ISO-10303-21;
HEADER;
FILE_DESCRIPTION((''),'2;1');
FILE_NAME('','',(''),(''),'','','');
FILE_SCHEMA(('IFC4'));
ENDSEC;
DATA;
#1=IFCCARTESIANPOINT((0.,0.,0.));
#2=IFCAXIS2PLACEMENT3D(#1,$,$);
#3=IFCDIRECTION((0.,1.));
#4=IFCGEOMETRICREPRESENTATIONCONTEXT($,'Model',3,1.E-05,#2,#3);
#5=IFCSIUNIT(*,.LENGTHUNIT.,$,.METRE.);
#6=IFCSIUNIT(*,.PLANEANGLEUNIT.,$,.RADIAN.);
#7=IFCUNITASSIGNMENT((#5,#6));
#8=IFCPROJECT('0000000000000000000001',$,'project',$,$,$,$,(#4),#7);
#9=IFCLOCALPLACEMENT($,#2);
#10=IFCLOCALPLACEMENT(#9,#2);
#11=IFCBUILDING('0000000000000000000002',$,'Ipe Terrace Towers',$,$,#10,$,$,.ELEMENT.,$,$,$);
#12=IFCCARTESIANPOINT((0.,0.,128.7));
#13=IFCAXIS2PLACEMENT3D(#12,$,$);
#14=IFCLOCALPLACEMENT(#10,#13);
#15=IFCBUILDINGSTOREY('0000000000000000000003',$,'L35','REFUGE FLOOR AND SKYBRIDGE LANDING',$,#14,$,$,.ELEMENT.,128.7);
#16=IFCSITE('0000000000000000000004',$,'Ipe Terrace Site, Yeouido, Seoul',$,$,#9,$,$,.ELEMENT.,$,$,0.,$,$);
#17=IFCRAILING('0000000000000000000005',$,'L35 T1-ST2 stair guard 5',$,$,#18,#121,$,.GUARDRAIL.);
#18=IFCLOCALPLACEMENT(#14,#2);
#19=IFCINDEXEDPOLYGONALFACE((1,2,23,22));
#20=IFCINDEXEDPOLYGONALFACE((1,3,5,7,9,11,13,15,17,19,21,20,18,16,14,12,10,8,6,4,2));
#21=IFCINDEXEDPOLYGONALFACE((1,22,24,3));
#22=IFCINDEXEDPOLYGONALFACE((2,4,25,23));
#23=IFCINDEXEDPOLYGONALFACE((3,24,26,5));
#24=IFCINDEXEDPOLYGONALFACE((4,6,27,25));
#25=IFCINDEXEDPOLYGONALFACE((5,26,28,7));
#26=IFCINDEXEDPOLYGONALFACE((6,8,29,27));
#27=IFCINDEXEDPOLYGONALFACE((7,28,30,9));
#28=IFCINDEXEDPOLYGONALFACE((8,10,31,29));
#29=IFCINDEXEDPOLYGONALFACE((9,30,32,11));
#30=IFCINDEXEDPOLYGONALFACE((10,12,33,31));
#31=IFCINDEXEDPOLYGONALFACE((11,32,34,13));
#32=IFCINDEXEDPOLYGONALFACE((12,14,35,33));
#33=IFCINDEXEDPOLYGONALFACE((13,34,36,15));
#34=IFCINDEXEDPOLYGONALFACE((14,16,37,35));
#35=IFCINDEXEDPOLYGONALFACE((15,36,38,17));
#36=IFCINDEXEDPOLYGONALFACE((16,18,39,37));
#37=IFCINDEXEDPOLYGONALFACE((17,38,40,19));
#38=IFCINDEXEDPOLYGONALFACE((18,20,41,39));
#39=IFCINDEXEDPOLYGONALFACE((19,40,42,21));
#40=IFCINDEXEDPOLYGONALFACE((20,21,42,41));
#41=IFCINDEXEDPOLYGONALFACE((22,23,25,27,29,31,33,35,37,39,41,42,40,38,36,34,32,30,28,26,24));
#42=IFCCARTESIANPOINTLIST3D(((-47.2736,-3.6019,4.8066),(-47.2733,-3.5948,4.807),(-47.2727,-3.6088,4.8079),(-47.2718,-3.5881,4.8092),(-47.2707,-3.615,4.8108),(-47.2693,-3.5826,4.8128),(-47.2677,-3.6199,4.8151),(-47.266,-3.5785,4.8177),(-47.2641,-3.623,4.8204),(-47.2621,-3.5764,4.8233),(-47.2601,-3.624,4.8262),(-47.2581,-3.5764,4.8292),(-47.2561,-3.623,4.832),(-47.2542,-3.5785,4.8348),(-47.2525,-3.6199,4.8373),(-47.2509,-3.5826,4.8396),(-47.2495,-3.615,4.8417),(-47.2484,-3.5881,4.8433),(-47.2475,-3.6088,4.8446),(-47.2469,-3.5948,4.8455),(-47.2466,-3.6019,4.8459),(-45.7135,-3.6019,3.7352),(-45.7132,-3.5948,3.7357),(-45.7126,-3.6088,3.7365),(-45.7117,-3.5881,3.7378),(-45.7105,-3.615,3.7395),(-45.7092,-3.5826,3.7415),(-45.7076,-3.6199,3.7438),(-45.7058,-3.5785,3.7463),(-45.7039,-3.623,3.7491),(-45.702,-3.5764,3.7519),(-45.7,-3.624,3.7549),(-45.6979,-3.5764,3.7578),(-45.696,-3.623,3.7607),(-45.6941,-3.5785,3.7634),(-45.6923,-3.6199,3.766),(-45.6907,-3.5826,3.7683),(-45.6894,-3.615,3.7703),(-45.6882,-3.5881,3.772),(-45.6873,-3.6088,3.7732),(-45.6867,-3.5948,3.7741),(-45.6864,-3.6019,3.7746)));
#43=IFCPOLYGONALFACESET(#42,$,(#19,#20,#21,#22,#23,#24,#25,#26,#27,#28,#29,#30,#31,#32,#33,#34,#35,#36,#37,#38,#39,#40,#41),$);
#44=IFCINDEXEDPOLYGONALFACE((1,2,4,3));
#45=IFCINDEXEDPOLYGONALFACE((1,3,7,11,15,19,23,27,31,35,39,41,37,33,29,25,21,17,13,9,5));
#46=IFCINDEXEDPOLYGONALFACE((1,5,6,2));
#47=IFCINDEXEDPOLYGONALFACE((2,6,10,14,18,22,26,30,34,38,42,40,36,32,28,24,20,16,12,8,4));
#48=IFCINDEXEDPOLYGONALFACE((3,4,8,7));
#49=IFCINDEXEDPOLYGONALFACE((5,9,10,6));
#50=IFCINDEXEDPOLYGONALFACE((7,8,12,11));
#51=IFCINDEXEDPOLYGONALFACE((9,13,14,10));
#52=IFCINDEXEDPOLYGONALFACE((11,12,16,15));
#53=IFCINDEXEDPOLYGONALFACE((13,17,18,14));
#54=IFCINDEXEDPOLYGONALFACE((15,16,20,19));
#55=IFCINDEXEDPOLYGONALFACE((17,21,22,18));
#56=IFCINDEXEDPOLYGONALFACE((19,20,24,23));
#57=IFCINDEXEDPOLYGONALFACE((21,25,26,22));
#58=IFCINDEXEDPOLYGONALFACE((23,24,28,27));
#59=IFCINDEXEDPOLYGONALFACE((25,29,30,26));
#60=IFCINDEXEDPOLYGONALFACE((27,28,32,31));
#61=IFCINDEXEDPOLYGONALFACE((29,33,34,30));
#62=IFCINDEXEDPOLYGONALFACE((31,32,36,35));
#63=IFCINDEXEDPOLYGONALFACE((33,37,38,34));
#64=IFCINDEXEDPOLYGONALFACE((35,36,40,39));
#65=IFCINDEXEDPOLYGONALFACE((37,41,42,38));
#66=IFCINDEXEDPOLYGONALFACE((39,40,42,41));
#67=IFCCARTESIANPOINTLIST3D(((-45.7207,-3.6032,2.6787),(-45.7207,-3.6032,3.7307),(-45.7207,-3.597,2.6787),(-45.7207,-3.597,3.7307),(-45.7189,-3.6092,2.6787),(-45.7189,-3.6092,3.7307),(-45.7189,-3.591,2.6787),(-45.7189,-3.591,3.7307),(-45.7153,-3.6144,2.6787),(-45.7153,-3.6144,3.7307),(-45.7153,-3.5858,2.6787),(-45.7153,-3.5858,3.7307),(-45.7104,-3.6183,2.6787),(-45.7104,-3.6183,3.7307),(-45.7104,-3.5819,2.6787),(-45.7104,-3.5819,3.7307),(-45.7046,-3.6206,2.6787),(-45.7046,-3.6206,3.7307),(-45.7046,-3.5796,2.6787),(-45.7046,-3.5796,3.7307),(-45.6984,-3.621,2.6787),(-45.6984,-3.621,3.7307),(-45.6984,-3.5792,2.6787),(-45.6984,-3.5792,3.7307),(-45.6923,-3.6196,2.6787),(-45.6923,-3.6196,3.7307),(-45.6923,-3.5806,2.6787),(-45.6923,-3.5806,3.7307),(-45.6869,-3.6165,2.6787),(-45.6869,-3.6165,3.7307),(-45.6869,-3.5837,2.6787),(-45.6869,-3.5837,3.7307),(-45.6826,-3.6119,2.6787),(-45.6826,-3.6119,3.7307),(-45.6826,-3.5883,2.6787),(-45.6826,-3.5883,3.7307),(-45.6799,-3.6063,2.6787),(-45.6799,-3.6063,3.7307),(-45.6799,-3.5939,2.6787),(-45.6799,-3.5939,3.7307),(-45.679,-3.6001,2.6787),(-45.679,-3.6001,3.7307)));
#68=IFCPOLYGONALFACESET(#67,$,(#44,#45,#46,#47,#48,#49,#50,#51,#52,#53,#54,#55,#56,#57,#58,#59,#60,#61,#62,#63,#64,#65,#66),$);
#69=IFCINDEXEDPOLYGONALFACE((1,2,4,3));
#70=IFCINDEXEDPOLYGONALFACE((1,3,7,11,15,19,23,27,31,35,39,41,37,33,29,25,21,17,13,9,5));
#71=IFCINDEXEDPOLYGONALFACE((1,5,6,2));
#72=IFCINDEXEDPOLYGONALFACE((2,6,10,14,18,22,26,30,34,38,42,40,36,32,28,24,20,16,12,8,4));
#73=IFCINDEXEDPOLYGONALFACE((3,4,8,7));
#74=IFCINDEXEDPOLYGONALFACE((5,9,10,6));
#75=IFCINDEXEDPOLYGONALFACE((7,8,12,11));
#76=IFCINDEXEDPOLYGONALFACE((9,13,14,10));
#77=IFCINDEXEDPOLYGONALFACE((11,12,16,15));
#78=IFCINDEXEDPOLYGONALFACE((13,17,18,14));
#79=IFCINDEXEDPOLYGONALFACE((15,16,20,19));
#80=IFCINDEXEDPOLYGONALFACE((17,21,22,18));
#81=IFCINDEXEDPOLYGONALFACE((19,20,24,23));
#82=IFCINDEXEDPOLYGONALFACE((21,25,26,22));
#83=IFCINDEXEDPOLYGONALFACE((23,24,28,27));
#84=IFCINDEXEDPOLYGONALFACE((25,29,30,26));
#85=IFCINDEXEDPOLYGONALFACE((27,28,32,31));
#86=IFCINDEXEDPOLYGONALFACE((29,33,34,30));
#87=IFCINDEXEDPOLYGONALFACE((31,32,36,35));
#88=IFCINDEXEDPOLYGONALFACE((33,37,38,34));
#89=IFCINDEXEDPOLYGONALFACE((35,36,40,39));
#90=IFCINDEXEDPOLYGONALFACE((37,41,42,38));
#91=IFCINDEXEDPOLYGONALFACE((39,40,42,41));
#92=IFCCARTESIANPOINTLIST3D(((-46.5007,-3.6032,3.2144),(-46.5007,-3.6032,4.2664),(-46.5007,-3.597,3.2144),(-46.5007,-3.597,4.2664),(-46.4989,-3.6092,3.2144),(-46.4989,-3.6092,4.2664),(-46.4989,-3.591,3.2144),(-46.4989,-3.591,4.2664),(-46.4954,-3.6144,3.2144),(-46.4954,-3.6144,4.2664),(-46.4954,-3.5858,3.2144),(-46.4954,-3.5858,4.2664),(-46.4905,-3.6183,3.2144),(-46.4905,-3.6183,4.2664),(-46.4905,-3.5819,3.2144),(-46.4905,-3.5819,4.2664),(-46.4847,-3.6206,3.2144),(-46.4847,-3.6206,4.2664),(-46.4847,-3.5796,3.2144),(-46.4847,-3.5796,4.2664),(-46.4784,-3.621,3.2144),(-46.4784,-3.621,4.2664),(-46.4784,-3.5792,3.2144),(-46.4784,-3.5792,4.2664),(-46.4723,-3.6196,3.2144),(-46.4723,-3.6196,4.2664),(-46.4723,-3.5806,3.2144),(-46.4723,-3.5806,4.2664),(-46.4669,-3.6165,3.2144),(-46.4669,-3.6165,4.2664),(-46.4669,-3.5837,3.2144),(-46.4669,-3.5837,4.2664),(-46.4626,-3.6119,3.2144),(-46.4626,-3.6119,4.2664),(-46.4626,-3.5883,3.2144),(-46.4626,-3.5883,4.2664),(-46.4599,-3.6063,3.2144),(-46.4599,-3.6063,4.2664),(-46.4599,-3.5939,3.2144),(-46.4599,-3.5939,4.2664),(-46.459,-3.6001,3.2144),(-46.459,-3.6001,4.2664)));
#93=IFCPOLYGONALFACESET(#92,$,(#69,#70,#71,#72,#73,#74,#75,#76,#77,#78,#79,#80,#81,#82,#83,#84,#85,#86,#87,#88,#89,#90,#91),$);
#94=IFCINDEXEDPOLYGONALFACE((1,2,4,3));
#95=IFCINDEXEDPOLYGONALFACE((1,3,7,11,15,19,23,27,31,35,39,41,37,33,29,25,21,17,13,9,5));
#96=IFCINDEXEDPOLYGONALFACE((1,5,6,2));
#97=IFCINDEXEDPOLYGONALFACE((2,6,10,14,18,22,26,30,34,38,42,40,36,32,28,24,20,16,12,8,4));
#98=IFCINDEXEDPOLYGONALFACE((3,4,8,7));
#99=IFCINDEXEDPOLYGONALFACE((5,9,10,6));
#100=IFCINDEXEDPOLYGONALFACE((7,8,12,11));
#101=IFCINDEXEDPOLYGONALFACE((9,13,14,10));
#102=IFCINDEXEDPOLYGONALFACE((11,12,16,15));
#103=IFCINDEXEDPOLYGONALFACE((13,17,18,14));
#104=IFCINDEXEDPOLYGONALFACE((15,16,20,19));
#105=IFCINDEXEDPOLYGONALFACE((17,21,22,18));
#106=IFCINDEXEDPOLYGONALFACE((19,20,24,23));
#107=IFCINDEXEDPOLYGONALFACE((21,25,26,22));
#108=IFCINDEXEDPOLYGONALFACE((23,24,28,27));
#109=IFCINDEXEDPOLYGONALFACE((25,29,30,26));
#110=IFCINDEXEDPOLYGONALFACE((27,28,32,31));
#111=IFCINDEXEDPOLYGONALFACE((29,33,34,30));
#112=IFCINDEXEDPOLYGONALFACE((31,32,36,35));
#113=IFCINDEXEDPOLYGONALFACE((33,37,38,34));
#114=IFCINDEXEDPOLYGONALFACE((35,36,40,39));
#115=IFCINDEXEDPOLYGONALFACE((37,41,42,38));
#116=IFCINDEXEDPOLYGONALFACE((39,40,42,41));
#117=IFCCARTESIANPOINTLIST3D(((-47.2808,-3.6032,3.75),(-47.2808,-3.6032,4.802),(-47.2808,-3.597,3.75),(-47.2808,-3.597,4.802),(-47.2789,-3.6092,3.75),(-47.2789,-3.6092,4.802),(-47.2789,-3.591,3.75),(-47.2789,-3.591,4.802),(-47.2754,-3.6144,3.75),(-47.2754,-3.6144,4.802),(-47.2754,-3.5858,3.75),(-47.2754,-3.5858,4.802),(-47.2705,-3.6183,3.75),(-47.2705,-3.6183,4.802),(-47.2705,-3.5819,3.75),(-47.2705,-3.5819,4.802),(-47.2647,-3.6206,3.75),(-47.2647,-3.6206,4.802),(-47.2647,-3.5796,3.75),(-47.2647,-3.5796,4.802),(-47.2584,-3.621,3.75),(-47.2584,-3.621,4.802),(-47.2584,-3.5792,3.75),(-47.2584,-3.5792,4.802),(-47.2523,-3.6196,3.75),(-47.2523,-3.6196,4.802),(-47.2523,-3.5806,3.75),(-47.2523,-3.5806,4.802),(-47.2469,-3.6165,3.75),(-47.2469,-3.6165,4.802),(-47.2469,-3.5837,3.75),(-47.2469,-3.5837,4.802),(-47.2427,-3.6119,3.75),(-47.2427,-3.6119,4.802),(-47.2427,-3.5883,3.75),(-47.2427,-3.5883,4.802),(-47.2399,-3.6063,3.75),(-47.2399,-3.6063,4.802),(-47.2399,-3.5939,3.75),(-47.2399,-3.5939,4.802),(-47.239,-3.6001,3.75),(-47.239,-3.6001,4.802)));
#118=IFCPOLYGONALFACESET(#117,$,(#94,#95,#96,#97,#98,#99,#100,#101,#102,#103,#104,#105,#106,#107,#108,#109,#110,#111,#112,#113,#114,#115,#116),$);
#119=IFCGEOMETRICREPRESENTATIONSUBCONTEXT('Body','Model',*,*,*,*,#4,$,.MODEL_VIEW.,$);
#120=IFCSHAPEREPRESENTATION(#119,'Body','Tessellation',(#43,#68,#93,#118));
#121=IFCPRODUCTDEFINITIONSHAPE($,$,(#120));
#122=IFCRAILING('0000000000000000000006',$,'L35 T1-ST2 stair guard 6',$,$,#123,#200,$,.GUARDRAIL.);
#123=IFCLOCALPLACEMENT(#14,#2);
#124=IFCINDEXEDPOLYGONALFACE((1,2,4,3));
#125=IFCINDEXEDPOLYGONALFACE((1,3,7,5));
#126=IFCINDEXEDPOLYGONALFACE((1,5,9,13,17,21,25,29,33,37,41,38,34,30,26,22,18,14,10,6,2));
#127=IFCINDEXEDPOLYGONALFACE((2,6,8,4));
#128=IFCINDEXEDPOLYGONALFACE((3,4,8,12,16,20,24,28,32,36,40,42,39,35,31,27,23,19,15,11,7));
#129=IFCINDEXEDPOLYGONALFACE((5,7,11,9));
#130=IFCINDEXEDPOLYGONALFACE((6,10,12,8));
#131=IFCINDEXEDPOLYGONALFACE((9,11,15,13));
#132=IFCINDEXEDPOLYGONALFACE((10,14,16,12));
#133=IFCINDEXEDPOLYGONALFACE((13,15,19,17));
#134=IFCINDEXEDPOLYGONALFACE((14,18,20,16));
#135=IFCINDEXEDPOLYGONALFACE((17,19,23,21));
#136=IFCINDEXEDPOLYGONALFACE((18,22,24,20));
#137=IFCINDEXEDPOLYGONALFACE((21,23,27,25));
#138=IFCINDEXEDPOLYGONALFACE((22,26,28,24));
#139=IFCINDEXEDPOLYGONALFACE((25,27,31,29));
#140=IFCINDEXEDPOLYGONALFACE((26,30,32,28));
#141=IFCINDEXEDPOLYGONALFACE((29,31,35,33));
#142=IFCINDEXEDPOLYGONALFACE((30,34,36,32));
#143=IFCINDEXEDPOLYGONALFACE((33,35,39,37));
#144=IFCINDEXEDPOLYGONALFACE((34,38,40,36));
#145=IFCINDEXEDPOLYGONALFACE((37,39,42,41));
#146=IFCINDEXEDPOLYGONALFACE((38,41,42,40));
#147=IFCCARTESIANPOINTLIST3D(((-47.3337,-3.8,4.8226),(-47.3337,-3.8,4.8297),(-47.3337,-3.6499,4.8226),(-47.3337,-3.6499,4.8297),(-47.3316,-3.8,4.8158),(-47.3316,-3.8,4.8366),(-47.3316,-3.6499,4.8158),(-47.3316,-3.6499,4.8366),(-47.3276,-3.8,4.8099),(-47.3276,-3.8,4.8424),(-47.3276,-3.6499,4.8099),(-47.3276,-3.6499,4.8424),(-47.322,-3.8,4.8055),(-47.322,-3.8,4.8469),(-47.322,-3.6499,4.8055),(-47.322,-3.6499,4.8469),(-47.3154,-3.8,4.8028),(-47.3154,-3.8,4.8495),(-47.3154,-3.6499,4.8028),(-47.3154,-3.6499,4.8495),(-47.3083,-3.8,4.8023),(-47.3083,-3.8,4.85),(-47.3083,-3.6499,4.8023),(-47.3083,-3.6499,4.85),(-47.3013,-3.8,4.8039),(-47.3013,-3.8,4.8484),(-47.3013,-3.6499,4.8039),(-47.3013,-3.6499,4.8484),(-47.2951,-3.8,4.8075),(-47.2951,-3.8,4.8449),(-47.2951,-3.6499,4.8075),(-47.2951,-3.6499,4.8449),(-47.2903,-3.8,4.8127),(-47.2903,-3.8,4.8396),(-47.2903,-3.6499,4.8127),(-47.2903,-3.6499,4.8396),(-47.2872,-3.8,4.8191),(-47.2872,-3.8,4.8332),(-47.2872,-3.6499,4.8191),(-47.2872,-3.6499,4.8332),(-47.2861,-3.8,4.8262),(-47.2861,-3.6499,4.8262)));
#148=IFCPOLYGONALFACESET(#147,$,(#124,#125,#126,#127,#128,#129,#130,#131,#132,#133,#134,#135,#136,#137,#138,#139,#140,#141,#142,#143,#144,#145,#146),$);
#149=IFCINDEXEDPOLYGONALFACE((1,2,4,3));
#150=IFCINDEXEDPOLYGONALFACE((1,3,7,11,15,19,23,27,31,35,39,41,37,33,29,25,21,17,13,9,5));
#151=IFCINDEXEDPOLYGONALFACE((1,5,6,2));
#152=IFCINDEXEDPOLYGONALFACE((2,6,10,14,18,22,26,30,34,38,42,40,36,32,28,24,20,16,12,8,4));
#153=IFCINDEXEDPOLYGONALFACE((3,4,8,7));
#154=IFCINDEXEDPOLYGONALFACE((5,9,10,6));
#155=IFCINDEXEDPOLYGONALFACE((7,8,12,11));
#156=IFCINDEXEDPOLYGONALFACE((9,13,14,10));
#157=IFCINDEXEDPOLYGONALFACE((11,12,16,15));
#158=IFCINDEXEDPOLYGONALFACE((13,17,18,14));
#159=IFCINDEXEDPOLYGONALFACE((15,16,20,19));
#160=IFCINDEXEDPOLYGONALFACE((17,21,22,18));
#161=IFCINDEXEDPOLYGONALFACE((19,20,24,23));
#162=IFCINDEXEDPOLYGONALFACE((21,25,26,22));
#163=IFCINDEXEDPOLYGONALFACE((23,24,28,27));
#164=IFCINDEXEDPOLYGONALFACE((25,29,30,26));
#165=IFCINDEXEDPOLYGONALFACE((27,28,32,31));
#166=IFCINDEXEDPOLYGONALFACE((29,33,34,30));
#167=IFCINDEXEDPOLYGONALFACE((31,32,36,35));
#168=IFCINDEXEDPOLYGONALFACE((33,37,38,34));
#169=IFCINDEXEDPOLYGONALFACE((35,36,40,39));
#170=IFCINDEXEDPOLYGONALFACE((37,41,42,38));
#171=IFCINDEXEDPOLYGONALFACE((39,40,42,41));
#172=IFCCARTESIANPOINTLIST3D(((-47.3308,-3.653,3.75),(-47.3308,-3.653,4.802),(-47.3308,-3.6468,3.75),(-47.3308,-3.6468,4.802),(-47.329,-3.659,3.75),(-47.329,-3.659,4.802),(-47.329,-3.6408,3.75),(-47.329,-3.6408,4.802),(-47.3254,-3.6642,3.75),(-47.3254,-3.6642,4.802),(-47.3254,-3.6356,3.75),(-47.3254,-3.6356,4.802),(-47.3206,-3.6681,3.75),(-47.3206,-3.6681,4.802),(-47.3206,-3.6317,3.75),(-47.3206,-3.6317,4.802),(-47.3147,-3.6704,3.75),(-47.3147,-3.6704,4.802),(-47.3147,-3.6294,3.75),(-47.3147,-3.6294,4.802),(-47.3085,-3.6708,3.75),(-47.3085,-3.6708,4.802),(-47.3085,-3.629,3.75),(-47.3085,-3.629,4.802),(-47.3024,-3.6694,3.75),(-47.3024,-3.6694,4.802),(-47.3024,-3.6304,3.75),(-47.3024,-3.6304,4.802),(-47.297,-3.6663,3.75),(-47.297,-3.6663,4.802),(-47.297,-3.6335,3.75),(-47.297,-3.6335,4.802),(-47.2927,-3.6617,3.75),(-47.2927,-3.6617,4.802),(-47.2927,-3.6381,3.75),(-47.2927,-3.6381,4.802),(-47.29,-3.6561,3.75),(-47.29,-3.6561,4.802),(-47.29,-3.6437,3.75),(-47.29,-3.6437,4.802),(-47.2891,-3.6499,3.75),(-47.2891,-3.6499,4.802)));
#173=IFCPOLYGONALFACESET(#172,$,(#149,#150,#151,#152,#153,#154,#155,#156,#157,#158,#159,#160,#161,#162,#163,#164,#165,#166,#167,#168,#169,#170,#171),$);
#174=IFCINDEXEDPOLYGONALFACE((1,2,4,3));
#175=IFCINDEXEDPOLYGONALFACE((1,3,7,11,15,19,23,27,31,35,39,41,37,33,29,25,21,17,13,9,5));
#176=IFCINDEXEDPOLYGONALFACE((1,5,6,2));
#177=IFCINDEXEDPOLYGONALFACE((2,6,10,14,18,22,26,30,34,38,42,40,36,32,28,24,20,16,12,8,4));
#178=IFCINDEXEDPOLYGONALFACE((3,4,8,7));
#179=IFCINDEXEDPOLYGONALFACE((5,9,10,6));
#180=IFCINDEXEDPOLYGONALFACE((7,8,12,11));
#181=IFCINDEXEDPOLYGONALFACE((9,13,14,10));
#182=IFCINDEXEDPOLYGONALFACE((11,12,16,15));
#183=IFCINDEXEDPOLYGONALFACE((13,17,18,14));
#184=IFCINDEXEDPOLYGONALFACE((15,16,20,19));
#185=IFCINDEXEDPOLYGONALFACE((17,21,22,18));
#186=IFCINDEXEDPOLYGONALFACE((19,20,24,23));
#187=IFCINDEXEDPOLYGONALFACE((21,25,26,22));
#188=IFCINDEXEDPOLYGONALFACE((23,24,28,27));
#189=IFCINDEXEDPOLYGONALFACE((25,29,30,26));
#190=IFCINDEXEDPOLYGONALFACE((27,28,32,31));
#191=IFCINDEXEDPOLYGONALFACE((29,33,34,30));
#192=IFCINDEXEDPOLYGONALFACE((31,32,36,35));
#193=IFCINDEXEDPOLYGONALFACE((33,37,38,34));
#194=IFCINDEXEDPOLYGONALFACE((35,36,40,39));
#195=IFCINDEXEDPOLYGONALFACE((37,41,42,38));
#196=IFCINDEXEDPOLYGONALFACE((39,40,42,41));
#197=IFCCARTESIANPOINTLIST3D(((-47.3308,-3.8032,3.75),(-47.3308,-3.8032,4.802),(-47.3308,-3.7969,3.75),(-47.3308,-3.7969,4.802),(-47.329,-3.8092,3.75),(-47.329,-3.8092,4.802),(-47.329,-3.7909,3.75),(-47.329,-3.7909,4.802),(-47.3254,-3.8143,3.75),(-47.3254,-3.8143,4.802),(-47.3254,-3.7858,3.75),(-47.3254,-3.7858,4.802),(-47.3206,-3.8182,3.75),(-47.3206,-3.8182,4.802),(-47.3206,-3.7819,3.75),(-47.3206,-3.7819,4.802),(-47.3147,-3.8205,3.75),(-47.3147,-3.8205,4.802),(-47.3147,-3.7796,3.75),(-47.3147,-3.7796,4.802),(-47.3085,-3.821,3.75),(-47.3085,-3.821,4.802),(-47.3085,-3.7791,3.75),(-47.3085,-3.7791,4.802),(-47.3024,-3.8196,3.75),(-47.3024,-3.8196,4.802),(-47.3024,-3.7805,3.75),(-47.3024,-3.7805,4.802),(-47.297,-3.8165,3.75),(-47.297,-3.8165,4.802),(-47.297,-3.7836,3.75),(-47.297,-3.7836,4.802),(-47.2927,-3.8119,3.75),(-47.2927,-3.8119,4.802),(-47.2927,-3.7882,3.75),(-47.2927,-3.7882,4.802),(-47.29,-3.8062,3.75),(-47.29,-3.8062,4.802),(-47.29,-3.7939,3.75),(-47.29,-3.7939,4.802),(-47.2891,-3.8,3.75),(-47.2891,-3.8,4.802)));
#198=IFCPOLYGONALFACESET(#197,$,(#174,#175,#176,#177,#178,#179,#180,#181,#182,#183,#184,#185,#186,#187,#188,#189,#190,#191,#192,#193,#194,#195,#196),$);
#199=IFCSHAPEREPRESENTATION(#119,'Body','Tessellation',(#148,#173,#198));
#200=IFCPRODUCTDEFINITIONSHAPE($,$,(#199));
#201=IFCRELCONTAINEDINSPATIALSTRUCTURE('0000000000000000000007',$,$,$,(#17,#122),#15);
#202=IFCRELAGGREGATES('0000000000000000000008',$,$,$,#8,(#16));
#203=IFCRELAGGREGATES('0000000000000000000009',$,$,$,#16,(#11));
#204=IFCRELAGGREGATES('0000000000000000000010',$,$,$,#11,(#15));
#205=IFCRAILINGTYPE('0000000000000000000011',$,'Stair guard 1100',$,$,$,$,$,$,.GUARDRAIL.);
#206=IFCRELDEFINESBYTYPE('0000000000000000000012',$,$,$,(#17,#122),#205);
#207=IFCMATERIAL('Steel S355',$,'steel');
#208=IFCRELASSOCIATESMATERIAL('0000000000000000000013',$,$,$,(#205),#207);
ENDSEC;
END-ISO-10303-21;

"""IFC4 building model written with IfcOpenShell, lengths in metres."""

from ifc_helpers import new_model, si_unit, direction, frame, origin, origin_2d, place, context, subcontext, project, spatial, circle, extrude, material, type_object, element, save


model = new_model("IFC4")

# Units and contexts
model_context = context("Model", 3, precision=1e-05, world=origin(), true_north=direction((0.0, 1.0)))
body_context = subcontext(model_context, "Body", "Model", "MODEL_VIEW")
ifc_project = project(units=[si_unit("LENGTHUNIT", "METRE"), si_unit("PLANEANGLEUNIT", "RADIAN")], contexts=[model_context])

# Site, building, storey
site_placement = place(None, origin())
site = spatial("IfcSite", under=ifc_project, at=site_placement, Name="Ipe Terrace Site, Yeouido, Seoul", CompositionType="ELEMENT", RefElevation=0.0)
building_placement = place(site_placement, origin())
building = spatial("IfcBuilding", under=site, at=building_placement, Name="Ipe Terrace Towers", CompositionType="ELEMENT")
storey_placement = place(building_placement, frame((0.0, 0.0, 128.7)))
storey = spatial("IfcBuildingStorey", under=building, at=storey_placement, Name="L35", Description="REFUGE FLOOR AND SKYBRIDGE LANDING", CompositionType="ELEMENT", Elevation=128.7)

# Railings
ifc_material_1 = material(Name="Steel S355", Category="steel")
railing_type_1 = type_object("IfcRailingType", Name="Stair guard 1100", PredefinedType="GUARDRAIL", material=ifc_material_1)
railing_1_placement = place(storey_placement, frame((-45.7, -3.6001, 2.6787)))
element("IfcRailing", 1, at=railing_1_placement, inside=storey, type_object=railing_type_1, Name="L35 T1-ST2 stair guard 5", PredefinedType="GUARDRAIL", context=body_context, shape_type="SweptSolid", body=[
    extrude(circle(Radius=0.0239, at=origin_2d()), frame((0.0, 0.0, 1.0762), z_axis=(-0.82435, 0.0, 0.56608), x_axis=(0.0, -1.0, 0.0)), (0.0, 0.0, 1.0), 1.8926),
    extrude(circle(Radius=0.021, at=origin_2d()), origin(), (0.0, 0.0, 1.0), 1.052),
    extrude(circle(Radius=0.021, at=origin_2d()), frame((-0.78, 0.0, 0.5356)), (0.0, 0.0, 1.0), 1.052),
    extrude(circle(Radius=0.021, at=origin_2d()), frame((-1.5601, 0.0, 1.0713)), (0.0, 0.0, 1.0), 1.052),
])
railing_2_placement = place(storey_placement, frame((-47.3101, -3.6499, 3.75)))
element("IfcRailing", 2, at=railing_2_placement, inside=storey, type_object=railing_type_1, Name="L35 T1-ST2 stair guard 6", PredefinedType="GUARDRAIL", context=body_context, shape_type="SweptSolid", body=[
    extrude(circle(Radius=0.0239, at=origin_2d()), frame((0.0, 0.0, 1.0762), z_axis=(0.0, -1.0, 0.0), x_axis=(1.0, 0.0, 0.0)), (0.0, 0.0, 1.0), 0.1501),
    extrude(circle(Radius=0.021, at=origin_2d()), origin(), (0.0, 0.0, 1.0), 1.052),
    extrude(circle(Radius=0.021, at=origin_2d()), frame((0.0, -0.1501, 0.0)), (0.0, 0.0, 1.0), 1.052),
])

save(model, "model.ifc")
